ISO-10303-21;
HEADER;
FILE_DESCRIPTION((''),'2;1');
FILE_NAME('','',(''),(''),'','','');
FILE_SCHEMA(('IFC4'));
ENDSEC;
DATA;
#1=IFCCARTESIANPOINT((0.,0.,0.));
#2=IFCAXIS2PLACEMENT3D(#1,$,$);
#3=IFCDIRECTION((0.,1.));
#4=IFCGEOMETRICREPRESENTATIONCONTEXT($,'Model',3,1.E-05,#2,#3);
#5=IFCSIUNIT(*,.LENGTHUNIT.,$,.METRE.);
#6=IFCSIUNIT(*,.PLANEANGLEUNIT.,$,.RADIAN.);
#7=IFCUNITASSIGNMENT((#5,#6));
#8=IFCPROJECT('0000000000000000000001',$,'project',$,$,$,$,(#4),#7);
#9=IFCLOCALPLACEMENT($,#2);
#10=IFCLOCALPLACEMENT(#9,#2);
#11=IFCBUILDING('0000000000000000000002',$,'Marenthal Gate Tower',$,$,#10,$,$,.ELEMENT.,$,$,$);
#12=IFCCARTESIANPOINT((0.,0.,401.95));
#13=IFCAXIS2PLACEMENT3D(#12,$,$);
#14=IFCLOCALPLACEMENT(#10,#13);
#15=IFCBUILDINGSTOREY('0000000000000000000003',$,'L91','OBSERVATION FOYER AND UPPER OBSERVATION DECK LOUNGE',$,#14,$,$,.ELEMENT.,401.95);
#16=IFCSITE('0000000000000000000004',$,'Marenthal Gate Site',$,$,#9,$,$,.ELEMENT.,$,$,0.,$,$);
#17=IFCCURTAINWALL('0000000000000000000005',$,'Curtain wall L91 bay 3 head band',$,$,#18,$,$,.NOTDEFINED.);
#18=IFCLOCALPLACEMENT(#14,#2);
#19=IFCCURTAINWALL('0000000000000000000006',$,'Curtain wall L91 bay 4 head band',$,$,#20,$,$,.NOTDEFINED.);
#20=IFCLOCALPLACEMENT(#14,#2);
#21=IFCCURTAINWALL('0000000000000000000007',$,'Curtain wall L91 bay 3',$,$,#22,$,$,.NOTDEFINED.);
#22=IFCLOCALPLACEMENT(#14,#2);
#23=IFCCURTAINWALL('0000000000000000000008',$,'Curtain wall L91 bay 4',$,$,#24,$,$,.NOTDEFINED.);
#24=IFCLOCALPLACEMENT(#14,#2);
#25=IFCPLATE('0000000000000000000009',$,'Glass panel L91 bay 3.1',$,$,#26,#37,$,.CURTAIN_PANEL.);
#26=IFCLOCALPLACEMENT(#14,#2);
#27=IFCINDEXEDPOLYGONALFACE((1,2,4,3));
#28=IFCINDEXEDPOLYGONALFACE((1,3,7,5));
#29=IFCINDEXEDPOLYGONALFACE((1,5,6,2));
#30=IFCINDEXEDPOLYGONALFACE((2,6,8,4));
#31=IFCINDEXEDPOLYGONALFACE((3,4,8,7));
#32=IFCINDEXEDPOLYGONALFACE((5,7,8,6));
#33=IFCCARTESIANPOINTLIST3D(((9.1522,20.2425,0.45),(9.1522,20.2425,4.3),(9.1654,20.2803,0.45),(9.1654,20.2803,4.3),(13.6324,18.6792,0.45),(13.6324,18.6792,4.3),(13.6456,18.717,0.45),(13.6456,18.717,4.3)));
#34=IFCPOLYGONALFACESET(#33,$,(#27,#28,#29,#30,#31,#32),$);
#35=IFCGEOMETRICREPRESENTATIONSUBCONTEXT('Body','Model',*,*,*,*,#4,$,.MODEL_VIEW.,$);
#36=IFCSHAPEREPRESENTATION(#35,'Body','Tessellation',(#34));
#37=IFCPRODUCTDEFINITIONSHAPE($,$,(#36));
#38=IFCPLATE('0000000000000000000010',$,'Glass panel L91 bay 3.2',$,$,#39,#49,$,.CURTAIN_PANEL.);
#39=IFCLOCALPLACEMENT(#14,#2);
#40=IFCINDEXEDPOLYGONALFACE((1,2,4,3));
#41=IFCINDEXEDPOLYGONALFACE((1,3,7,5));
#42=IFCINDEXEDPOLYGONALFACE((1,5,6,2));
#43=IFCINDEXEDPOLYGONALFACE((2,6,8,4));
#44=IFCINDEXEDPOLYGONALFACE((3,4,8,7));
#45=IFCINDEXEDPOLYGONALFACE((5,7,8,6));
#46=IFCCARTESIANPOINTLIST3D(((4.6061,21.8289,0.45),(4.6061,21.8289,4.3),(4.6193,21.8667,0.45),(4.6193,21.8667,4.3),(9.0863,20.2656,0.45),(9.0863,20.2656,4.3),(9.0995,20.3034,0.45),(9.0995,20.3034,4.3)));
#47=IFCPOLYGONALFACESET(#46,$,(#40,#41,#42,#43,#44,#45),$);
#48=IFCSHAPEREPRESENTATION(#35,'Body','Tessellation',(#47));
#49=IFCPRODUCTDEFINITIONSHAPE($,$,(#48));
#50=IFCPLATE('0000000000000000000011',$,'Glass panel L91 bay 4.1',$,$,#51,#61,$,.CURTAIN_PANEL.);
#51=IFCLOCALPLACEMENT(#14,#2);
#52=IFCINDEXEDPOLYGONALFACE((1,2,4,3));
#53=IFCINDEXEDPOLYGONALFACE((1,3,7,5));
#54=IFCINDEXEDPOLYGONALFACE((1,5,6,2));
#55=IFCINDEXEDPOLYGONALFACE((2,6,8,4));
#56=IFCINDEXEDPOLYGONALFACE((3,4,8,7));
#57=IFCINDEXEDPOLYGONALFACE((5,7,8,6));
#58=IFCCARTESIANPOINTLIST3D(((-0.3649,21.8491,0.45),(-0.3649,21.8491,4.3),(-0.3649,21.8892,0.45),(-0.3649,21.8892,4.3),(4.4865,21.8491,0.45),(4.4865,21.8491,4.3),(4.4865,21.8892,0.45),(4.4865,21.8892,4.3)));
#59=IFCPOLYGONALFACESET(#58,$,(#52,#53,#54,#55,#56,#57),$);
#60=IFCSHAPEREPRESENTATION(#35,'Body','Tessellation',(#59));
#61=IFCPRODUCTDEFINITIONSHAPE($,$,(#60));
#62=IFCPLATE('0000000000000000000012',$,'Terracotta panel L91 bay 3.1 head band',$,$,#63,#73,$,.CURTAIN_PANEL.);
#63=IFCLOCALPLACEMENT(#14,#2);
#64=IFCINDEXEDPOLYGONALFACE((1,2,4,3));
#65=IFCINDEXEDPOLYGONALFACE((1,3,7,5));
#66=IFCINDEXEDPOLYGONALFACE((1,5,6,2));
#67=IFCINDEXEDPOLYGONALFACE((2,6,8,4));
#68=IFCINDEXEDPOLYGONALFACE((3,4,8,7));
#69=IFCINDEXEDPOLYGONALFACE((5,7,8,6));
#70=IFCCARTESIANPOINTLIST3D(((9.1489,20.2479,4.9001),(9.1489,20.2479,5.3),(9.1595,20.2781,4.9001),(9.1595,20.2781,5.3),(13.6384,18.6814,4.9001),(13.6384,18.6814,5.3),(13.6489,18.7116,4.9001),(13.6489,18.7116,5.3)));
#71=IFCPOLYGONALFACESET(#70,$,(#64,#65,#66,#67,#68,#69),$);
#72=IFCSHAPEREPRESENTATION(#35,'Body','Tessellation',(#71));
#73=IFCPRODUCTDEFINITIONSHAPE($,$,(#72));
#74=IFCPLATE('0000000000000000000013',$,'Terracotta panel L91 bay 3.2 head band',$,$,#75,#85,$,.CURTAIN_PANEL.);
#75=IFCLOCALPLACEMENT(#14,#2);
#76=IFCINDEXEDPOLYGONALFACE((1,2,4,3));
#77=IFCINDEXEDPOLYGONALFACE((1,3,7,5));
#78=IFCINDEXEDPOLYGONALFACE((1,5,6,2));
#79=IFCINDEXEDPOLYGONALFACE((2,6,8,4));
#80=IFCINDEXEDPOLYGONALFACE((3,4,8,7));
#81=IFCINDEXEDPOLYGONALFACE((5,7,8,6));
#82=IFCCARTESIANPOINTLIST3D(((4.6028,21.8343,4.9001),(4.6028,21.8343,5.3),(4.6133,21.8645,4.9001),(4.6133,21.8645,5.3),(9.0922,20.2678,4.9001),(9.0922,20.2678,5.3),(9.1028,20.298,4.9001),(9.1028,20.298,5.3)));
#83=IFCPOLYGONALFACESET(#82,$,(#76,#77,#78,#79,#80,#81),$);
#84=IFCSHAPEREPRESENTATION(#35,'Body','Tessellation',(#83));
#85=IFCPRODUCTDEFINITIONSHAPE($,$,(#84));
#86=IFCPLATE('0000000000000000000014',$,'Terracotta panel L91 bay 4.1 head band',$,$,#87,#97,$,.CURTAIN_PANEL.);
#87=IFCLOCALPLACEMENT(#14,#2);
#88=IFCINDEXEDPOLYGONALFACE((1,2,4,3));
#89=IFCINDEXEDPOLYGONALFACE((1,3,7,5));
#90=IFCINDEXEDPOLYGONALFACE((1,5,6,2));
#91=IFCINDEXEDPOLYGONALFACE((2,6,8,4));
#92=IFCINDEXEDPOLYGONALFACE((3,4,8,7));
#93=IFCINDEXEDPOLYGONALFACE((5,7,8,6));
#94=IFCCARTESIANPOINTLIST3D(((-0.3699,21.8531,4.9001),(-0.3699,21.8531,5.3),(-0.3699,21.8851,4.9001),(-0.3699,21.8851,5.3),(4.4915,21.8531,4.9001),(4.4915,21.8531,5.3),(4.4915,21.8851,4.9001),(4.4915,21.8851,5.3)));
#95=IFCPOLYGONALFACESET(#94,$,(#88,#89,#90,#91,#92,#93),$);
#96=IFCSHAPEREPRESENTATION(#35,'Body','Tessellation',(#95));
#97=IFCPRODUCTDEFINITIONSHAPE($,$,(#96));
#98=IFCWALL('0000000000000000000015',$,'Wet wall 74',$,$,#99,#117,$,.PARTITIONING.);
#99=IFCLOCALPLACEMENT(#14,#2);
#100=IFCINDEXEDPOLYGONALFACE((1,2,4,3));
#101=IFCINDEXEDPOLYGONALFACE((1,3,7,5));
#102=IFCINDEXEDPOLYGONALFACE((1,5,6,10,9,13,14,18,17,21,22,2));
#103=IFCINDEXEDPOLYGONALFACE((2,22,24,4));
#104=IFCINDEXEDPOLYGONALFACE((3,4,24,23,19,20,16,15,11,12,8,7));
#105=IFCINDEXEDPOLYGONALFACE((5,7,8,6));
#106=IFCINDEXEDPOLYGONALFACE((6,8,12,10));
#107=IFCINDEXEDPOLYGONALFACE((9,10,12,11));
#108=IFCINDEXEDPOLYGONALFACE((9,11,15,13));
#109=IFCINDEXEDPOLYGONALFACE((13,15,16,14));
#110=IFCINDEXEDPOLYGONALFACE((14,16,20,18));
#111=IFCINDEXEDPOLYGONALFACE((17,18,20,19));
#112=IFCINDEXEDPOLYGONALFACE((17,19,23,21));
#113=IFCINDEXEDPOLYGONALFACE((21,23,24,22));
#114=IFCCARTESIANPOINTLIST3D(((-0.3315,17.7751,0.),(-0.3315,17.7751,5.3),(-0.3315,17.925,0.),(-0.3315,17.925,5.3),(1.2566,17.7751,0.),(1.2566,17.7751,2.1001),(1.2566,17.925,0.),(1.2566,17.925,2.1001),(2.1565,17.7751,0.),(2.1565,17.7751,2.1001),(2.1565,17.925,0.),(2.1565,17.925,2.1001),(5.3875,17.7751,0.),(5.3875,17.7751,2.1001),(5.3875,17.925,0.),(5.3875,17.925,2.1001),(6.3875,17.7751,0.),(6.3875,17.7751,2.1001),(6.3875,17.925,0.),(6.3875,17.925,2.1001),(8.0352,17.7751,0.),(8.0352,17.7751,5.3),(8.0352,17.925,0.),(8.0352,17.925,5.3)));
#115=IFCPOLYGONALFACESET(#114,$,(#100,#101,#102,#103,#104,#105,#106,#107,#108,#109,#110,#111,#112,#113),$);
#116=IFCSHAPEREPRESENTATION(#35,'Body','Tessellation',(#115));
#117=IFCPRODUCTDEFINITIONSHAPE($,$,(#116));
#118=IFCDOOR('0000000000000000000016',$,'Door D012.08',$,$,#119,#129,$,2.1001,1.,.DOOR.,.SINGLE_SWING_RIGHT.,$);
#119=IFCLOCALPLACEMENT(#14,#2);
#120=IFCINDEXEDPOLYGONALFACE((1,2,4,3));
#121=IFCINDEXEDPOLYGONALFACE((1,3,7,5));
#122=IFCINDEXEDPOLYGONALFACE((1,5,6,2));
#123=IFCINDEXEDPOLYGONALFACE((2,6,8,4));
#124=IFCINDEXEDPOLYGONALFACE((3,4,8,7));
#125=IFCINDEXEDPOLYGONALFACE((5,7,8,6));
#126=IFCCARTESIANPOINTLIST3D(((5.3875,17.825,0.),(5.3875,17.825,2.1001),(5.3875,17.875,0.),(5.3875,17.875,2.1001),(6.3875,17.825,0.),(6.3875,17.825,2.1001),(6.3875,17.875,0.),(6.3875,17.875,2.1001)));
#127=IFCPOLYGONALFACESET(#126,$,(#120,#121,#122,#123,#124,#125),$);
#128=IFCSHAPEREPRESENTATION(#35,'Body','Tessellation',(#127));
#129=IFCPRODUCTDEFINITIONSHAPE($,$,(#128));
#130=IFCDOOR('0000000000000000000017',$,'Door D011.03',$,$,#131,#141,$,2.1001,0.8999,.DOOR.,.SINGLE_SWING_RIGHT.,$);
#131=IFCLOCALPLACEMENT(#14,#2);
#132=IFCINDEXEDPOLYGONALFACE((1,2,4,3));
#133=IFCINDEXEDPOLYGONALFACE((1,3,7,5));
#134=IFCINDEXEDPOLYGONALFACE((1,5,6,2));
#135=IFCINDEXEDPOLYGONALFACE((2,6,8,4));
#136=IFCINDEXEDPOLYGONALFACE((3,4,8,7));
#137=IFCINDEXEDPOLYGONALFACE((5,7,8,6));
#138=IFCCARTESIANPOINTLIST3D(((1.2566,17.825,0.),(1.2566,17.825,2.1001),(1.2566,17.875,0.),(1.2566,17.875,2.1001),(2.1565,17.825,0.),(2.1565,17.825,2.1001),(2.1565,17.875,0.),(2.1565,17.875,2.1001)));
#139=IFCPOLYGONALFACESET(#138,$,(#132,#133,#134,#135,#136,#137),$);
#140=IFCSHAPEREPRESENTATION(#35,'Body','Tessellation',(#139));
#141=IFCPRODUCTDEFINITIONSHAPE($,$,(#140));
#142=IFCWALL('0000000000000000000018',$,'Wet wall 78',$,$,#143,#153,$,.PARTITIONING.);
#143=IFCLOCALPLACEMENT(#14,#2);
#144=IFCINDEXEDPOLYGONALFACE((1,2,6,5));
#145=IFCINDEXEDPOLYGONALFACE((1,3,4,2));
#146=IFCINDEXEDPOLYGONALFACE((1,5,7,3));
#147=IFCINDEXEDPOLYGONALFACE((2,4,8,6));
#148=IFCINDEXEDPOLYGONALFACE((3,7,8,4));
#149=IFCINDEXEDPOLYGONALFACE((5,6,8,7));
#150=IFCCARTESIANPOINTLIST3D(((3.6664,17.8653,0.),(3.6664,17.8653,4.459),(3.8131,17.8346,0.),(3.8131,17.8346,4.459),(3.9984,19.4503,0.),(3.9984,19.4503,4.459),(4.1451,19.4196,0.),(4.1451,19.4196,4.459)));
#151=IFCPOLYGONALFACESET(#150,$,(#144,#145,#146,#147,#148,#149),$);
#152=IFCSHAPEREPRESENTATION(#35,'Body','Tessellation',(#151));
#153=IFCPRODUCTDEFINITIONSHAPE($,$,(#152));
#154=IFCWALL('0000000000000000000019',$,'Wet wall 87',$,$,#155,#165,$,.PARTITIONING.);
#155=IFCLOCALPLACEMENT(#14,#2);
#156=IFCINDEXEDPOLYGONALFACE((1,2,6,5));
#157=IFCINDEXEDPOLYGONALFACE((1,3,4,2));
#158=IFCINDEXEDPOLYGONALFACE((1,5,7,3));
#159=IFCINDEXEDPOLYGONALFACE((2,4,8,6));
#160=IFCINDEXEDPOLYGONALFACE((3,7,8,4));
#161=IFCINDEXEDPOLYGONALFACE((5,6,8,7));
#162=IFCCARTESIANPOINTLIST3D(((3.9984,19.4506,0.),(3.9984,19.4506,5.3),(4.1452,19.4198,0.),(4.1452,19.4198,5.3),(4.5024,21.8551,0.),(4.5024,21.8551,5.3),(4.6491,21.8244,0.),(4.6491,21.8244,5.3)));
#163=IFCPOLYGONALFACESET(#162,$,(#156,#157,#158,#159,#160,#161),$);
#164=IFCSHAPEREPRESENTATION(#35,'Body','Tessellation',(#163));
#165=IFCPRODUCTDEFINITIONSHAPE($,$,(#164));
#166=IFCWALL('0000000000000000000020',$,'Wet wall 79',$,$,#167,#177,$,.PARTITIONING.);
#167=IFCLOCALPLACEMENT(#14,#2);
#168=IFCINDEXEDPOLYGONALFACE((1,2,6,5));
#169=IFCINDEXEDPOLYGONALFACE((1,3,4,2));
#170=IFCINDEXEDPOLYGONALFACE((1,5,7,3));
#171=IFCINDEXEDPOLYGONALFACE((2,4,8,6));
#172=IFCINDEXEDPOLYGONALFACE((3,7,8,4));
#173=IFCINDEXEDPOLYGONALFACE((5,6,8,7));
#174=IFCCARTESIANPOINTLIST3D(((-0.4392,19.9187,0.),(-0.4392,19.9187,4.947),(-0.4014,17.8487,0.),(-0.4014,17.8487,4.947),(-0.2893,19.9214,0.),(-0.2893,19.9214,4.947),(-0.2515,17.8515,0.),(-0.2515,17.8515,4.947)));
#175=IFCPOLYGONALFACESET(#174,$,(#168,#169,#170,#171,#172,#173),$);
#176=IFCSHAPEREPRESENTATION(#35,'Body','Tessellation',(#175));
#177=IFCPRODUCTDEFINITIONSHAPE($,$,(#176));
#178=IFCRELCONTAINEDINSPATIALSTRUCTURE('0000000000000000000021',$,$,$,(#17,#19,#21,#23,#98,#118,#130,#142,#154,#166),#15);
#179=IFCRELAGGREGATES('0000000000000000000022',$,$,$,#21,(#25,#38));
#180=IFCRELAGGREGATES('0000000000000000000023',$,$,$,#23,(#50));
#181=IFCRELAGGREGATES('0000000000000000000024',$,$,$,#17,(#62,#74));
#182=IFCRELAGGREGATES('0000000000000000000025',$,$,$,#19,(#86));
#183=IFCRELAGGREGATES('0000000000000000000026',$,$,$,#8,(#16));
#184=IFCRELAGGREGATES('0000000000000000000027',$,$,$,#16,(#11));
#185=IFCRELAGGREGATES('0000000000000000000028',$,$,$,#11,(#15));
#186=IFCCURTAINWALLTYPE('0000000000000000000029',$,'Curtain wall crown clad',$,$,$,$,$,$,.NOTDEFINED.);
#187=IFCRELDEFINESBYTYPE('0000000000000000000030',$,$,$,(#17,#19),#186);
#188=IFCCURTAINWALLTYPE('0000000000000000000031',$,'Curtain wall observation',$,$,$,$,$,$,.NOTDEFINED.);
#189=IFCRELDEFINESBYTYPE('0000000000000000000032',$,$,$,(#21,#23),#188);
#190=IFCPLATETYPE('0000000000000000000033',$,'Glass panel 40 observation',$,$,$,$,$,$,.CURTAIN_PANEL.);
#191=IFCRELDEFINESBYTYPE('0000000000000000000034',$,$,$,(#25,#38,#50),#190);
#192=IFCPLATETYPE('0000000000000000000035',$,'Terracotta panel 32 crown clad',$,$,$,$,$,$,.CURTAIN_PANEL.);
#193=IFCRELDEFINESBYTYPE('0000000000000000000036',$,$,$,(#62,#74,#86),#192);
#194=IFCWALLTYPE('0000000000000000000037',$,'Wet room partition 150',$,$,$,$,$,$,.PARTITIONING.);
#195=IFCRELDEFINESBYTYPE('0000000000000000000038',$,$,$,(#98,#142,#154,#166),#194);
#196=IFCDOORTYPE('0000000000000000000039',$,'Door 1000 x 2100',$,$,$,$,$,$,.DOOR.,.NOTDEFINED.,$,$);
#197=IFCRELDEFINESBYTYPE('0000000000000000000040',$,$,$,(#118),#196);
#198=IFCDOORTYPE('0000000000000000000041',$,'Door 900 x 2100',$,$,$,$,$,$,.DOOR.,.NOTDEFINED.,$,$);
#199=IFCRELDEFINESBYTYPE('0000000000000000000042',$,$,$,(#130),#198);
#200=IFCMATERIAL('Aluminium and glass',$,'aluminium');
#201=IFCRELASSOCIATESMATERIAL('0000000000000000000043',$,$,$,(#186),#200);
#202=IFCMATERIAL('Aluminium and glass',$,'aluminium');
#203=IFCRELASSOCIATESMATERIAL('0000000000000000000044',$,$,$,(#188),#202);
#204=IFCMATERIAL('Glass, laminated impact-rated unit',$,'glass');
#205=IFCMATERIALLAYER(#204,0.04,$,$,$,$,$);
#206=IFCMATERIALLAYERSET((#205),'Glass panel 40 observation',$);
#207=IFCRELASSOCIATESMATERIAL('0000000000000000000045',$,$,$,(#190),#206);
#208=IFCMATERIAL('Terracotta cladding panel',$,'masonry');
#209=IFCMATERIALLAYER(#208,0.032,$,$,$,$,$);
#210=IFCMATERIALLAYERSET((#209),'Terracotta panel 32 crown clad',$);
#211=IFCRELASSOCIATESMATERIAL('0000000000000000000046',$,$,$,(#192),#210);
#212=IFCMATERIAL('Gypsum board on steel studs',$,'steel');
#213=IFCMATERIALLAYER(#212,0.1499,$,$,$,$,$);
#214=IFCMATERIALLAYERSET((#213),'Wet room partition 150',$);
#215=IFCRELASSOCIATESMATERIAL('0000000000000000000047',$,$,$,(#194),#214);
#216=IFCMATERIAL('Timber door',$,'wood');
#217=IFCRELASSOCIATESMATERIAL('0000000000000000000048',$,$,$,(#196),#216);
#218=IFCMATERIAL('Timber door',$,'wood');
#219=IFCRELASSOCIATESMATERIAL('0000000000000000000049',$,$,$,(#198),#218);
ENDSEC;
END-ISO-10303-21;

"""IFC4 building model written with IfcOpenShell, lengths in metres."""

from ifc_helpers import new_model, si_unit, direction, frame, frame_2d, origin, origin_2d, place, context, subcontext, project, spatial, rectangle, extrude, material, layer, layer_set, type_object, element, fill, aggregate, save


model = new_model("IFC4")

# Units and contexts
model_context = context("Model", 3, precision=1e-05, world=origin(), true_north=direction((0.0, 1.0)))
body_context = subcontext(model_context, "Body", "Model", "MODEL_VIEW")
ifc_project = project(units=[si_unit("LENGTHUNIT", "METRE"), si_unit("PLANEANGLEUNIT", "RADIAN")], contexts=[model_context])

# Site, building, storey
site_placement = place(None, origin())
site = spatial("IfcSite", under=ifc_project, at=site_placement, Name="Marenthal Gate Site", CompositionType="ELEMENT", RefElevation=0.0)
building_placement = place(site_placement, origin())
building = spatial("IfcBuilding", under=site, at=building_placement, Name="Marenthal Gate Tower", CompositionType="ELEMENT")
storey_placement = place(building_placement, frame((0.0, 0.0, 401.95)))
storey = spatial("IfcBuildingStorey", under=building, at=storey_placement, Name="L91", Description="OBSERVATION FOYER AND UPPER OBSERVATION DECK LOUNGE", CompositionType="ELEMENT", Elevation=401.95)

# Curtain wall
ifc_material_1 = material(Name="Aluminium and glass", Category="aluminium")
curtain_wall_type_1 = type_object("IfcCurtainWallType", Name="Curtain wall crown clad", PredefinedType="NOTDEFINED", material=ifc_material_1)
curtain_wall_1_placement = place(storey_placement, origin())
curtain_wall_1 = element("IfcCurtainWall", 1, at=curtain_wall_1_placement, inside=storey, type_object=curtain_wall_type_1, Name="Curtain wall L91 bay 3 head band", PredefinedType="NOTDEFINED")

# Curtain wall
curtain_wall_2_placement = place(storey_placement, origin())
curtain_wall_2 = element("IfcCurtainWall", 2, at=curtain_wall_2_placement, inside=storey, type_object=curtain_wall_type_1, Name="Curtain wall L91 bay 4 head band", PredefinedType="NOTDEFINED")

# Curtain wall
ifc_material_2 = material(Name="Aluminium and glass", Category="aluminium")
curtain_wall_type_2 = type_object("IfcCurtainWallType", Name="Curtain wall observation", PredefinedType="NOTDEFINED", material=ifc_material_2)
curtain_wall_3_placement = place(storey_placement, origin())
curtain_wall_3 = element("IfcCurtainWall", 3, at=curtain_wall_3_placement, inside=storey, type_object=curtain_wall_type_2, Name="Curtain wall L91 bay 3", PredefinedType="NOTDEFINED")

# Curtain wall
curtain_wall_4_placement = place(storey_placement, origin())
curtain_wall_4 = element("IfcCurtainWall", 4, at=curtain_wall_4_placement, inside=storey, type_object=curtain_wall_type_2, Name="Curtain wall L91 bay 4", PredefinedType="NOTDEFINED")

# Plates
ifc_material_3 = material(Name="Glass, laminated impact-rated unit", Category="glass")
ifc_layer_1 = layer(ifc_material_3, 0.04)
ifc_layer_set_1 = layer_set([ifc_layer_1], Name="Glass panel 40 observation")
plate_type_1 = type_object("IfcPlateType", Name="Glass panel 40 observation", PredefinedType="CURTAIN_PANEL", material=ifc_layer_set_1)
plate_1_placement = place(storey_placement, frame((11.3989, 19.4797, 0.45), z_axis=(0.0, 0.0, 1.0), x_axis=(-0.944172, 0.329454, 0.0)))
plate_1 = element("IfcPlate", 5, at=plate_1_placement, type_object=plate_type_1, Name="Glass panel L91 bay 3.1", PredefinedType="CURTAIN_PANEL", context=body_context, shape_type="SweptSolid", body=[
    extrude(rectangle(XDim=4.7451, YDim=0.04, at=origin_2d()), origin(), (0.0, 0.0, 1.0), 3.8501),
])
plate_2_placement = place(storey_placement, frame((6.8528, 21.0662, 0.45), z_axis=(0.0, 0.0, 1.0), x_axis=(-0.944172, 0.329454, 0.0)))
plate_2 = element("IfcPlate", 6, at=plate_2_placement, type_object=plate_type_1, Name="Glass panel L91 bay 3.2", PredefinedType="CURTAIN_PANEL", context=body_context, shape_type="SweptSolid", body=[
    extrude(rectangle(XDim=4.7451, YDim=0.04, at=origin_2d()), origin(), (0.0, 0.0, 1.0), 3.8501),
])
aggregate(curtain_wall_3, [plate_1, plate_2])
plate_3_placement = place(storey_placement, frame((2.0608, 21.8691, 0.45), z_axis=(0.0, 0.0, 1.0), x_axis=(-1.0, 0.0, 0.0)))
plate_3 = element("IfcPlate", 7, at=plate_3_placement, type_object=plate_type_1, Name="Glass panel L91 bay 4.1", PredefinedType="CURTAIN_PANEL", context=body_context, shape_type="SweptSolid", body=[
    extrude(rectangle(XDim=4.8513, YDim=0.04, at=origin_2d()), origin(), (0.0, 0.0, 1.0), 3.8501),
])
aggregate(curtain_wall_4, [plate_3])
ifc_material_4 = material(Name="Terracotta cladding panel", Category="masonry")
ifc_layer_2 = layer(ifc_material_4, 0.032)
ifc_layer_set_2 = layer_set([ifc_layer_2], Name="Terracotta panel 32 crown clad")
plate_type_2 = type_object("IfcPlateType", Name="Terracotta panel 32 crown clad", PredefinedType="CURTAIN_PANEL", material=ifc_layer_set_2)
plate_4_placement = place(storey_placement, frame((11.3989, 19.4797, 4.9001), z_axis=(0.0, 0.0, 1.0), x_axis=(-0.944172, 0.329454, 0.0)))
plate_4 = element("IfcPlate", 8, at=plate_4_placement, type_object=plate_type_2, Name="Terracotta panel L91 bay 3.1 head band", PredefinedType="CURTAIN_PANEL", context=body_context, shape_type="SweptSolid", body=[
    extrude(rectangle(XDim=4.7549, YDim=0.032, at=origin_2d()), origin(), (0.0, 0.0, 1.0), 0.3999),
])
plate_5_placement = place(storey_placement, frame((6.8528, 21.0662, 4.9001), z_axis=(0.0, 0.0, 1.0), x_axis=(-0.944172, 0.329454, 0.0)))
plate_5 = element("IfcPlate", 9, at=plate_5_placement, type_object=plate_type_2, Name="Terracotta panel L91 bay 3.2 head band", PredefinedType="CURTAIN_PANEL", context=body_context, shape_type="SweptSolid", body=[
    extrude(rectangle(XDim=4.7549, YDim=0.032, at=origin_2d()), origin(), (0.0, 0.0, 1.0), 0.3999),
])
aggregate(curtain_wall_1, [plate_4, plate_5])
plate_6_placement = place(storey_placement, frame((2.0608, 21.8691, 4.9001), z_axis=(0.0, 0.0, 1.0), x_axis=(-1.0, 0.0, 0.0)))
plate_6 = element("IfcPlate", 10, at=plate_6_placement, type_object=plate_type_2, Name="Terracotta panel L91 bay 4.1 head band", PredefinedType="CURTAIN_PANEL", context=body_context, shape_type="SweptSolid", body=[
    extrude(rectangle(XDim=4.8613, YDim=0.032, at=origin_2d()), origin(), (0.0, 0.0, 1.0), 0.3999),
])
aggregate(curtain_wall_2, [plate_6])

# Wall, openings, doors
ifc_material_5 = material(Name="Gypsum board on steel studs", Category="steel")
ifc_layer_3 = layer(ifc_material_5, 0.1499)
ifc_layer_set_3 = layer_set([ifc_layer_3], Name="Wet room partition 150")
wall_type = type_object("IfcWallType", Name="Wet room partition 150", PredefinedType="PARTITIONING", material=ifc_layer_set_3)
wall_1_placement = place(storey_placement, frame((-0.3315, 17.8501, 0.0), z_axis=(0.0, 0.0, 1.0), x_axis=(1.0, 0.0, 0.0)))
wall_1 = element("IfcWall", 11, at=wall_1_placement, inside=storey, type_object=wall_type, Name="Wet wall 74", PredefinedType="PARTITIONING", context=body_context, shape_type="SweptSolid", body=[
    extrude(rectangle(XDim=8.3667, YDim=0.1499, at=frame_2d((4.1833, 0.0))), origin(), (0.0, 0.0, 1.0), 5.3),
])
opening_1_placement = place(wall_1_placement, frame((5.719, 0.0, 0.0)))
opening_1 = element("IfcOpeningElement", 12, at=opening_1_placement, cuts=wall_1, PredefinedType="OPENING", context=body_context, shape_type="SweptSolid", body=[
    extrude(rectangle(XDim=1.0, YDim=2.1001, at=frame_2d((0.5, 1.05))), frame((0.0, 0.085, 0.0), z_axis=(0.0, -1.0, 0.0), x_axis=(1.0, 0.0, 0.0)), (0.0, 0.0, 1.0), 0.1699),
])
opening_2_placement = place(wall_1_placement, frame((1.5881, 0.0, 0.0)))
opening_2 = element("IfcOpeningElement", 13, at=opening_2_placement, cuts=wall_1, PredefinedType="OPENING", context=body_context, shape_type="SweptSolid", body=[
    extrude(rectangle(XDim=0.8999, YDim=2.1001, at=frame_2d((0.45, 1.05))), frame((0.0, 0.085, 0.0), z_axis=(0.0, -1.0, 0.0), x_axis=(1.0, 0.0, 0.0)), (0.0, 0.0, 1.0), 0.1699),
])
ifc_material_6 = material(Name="Timber door", Category="wood")
door_type_1 = type_object("IfcDoorType", Name="Door 1000 x 2100", OperationType="NOTDEFINED", PredefinedType="DOOR", material=ifc_material_6)
door_1_placement = place(opening_1_placement, origin())
door_1 = element("IfcDoor", 14, at=door_1_placement, inside=storey, type_object=door_type_1, Name="Door D012.08", OperationType="SINGLE_SWING_RIGHT", OverallHeight=2.1001, OverallWidth=1.0, PredefinedType="DOOR", context=body_context, shape_type="SweptSolid", body=[
    extrude(rectangle(XDim=1.0, YDim=2.1001, at=frame_2d((0.5, 1.05))), frame((0.0, 0.0249, 0.0), z_axis=(0.0, -1.0, 0.0), x_axis=(1.0, 0.0, 0.0)), (0.0, 0.0, 1.0), 0.05),
])
fill(opening_1, door_1)
ifc_material_7 = material(Name="Timber door", Category="wood")
door_type_2 = type_object("IfcDoorType", Name="Door 900 x 2100", OperationType="NOTDEFINED", PredefinedType="DOOR", material=ifc_material_7)
door_2_placement = place(opening_2_placement, origin())
door_2 = element("IfcDoor", 15, at=door_2_placement, inside=storey, type_object=door_type_2, Name="Door D011.03", OperationType="SINGLE_SWING_RIGHT", OverallHeight=2.1001, OverallWidth=0.8999, PredefinedType="DOOR", context=body_context, shape_type="SweptSolid", body=[
    extrude(rectangle(XDim=0.8999, YDim=2.1001, at=frame_2d((0.45, 1.05))), frame((0.0, 0.0249, 0.0), z_axis=(0.0, -1.0, 0.0), x_axis=(1.0, 0.0, 0.0)), (0.0, 0.0, 1.0), 0.05),
])
fill(opening_2, door_2)

# Walls
wall_2_placement = place(storey_placement, frame((3.7397, 17.8501, 0.0), z_axis=(0.0, 0.0, 1.0), x_axis=(0.205038, 0.978754, 0.0)))
element("IfcWall", 16, at=wall_2_placement, inside=storey, type_object=wall_type, Name="Wet wall 78", PredefinedType="PARTITIONING", context=body_context, shape_type="SweptSolid", body=[
    extrude(rectangle(XDim=1.6194, YDim=0.1499, at=frame_2d((0.8096, 0.0))), origin(), (0.0, 0.0, 1.0), 4.459),
])
wall_3_placement = place(storey_placement, frame((4.0718, 19.4351, 0.0), z_axis=(0.0, 0.0, 1.0), x_axis=(0.205109, 0.978739, 0.0)))
element("IfcWall", 17, at=wall_3_placement, inside=storey, type_object=wall_type, Name="Wet wall 87", PredefinedType="PARTITIONING", context=body_context, shape_type="SweptSolid", body=[
    extrude(rectangle(XDim=2.4568, YDim=0.1499, at=frame_2d((1.2285, 0.0))), origin(), (0.0, 0.0, 1.0), 5.3),
])
wall_4_placement = place(storey_placement, frame((-0.3264, 17.8501, 0.0), z_axis=(0.0, 0.0, 1.0), x_axis=(-0.018277, 0.999833, 0.0)))
element("IfcWall", 18, at=wall_4_placement, inside=storey, type_object=wall_type, Name="Wet wall 79", PredefinedType="PARTITIONING", context=body_context, shape_type="SweptSolid", body=[
    extrude(rectangle(XDim=2.0703, YDim=0.1499, at=frame_2d((1.0352, 0.0))), origin(), (0.0, 0.0, 1.0), 4.947),
])

save(model, "model.ifc")
